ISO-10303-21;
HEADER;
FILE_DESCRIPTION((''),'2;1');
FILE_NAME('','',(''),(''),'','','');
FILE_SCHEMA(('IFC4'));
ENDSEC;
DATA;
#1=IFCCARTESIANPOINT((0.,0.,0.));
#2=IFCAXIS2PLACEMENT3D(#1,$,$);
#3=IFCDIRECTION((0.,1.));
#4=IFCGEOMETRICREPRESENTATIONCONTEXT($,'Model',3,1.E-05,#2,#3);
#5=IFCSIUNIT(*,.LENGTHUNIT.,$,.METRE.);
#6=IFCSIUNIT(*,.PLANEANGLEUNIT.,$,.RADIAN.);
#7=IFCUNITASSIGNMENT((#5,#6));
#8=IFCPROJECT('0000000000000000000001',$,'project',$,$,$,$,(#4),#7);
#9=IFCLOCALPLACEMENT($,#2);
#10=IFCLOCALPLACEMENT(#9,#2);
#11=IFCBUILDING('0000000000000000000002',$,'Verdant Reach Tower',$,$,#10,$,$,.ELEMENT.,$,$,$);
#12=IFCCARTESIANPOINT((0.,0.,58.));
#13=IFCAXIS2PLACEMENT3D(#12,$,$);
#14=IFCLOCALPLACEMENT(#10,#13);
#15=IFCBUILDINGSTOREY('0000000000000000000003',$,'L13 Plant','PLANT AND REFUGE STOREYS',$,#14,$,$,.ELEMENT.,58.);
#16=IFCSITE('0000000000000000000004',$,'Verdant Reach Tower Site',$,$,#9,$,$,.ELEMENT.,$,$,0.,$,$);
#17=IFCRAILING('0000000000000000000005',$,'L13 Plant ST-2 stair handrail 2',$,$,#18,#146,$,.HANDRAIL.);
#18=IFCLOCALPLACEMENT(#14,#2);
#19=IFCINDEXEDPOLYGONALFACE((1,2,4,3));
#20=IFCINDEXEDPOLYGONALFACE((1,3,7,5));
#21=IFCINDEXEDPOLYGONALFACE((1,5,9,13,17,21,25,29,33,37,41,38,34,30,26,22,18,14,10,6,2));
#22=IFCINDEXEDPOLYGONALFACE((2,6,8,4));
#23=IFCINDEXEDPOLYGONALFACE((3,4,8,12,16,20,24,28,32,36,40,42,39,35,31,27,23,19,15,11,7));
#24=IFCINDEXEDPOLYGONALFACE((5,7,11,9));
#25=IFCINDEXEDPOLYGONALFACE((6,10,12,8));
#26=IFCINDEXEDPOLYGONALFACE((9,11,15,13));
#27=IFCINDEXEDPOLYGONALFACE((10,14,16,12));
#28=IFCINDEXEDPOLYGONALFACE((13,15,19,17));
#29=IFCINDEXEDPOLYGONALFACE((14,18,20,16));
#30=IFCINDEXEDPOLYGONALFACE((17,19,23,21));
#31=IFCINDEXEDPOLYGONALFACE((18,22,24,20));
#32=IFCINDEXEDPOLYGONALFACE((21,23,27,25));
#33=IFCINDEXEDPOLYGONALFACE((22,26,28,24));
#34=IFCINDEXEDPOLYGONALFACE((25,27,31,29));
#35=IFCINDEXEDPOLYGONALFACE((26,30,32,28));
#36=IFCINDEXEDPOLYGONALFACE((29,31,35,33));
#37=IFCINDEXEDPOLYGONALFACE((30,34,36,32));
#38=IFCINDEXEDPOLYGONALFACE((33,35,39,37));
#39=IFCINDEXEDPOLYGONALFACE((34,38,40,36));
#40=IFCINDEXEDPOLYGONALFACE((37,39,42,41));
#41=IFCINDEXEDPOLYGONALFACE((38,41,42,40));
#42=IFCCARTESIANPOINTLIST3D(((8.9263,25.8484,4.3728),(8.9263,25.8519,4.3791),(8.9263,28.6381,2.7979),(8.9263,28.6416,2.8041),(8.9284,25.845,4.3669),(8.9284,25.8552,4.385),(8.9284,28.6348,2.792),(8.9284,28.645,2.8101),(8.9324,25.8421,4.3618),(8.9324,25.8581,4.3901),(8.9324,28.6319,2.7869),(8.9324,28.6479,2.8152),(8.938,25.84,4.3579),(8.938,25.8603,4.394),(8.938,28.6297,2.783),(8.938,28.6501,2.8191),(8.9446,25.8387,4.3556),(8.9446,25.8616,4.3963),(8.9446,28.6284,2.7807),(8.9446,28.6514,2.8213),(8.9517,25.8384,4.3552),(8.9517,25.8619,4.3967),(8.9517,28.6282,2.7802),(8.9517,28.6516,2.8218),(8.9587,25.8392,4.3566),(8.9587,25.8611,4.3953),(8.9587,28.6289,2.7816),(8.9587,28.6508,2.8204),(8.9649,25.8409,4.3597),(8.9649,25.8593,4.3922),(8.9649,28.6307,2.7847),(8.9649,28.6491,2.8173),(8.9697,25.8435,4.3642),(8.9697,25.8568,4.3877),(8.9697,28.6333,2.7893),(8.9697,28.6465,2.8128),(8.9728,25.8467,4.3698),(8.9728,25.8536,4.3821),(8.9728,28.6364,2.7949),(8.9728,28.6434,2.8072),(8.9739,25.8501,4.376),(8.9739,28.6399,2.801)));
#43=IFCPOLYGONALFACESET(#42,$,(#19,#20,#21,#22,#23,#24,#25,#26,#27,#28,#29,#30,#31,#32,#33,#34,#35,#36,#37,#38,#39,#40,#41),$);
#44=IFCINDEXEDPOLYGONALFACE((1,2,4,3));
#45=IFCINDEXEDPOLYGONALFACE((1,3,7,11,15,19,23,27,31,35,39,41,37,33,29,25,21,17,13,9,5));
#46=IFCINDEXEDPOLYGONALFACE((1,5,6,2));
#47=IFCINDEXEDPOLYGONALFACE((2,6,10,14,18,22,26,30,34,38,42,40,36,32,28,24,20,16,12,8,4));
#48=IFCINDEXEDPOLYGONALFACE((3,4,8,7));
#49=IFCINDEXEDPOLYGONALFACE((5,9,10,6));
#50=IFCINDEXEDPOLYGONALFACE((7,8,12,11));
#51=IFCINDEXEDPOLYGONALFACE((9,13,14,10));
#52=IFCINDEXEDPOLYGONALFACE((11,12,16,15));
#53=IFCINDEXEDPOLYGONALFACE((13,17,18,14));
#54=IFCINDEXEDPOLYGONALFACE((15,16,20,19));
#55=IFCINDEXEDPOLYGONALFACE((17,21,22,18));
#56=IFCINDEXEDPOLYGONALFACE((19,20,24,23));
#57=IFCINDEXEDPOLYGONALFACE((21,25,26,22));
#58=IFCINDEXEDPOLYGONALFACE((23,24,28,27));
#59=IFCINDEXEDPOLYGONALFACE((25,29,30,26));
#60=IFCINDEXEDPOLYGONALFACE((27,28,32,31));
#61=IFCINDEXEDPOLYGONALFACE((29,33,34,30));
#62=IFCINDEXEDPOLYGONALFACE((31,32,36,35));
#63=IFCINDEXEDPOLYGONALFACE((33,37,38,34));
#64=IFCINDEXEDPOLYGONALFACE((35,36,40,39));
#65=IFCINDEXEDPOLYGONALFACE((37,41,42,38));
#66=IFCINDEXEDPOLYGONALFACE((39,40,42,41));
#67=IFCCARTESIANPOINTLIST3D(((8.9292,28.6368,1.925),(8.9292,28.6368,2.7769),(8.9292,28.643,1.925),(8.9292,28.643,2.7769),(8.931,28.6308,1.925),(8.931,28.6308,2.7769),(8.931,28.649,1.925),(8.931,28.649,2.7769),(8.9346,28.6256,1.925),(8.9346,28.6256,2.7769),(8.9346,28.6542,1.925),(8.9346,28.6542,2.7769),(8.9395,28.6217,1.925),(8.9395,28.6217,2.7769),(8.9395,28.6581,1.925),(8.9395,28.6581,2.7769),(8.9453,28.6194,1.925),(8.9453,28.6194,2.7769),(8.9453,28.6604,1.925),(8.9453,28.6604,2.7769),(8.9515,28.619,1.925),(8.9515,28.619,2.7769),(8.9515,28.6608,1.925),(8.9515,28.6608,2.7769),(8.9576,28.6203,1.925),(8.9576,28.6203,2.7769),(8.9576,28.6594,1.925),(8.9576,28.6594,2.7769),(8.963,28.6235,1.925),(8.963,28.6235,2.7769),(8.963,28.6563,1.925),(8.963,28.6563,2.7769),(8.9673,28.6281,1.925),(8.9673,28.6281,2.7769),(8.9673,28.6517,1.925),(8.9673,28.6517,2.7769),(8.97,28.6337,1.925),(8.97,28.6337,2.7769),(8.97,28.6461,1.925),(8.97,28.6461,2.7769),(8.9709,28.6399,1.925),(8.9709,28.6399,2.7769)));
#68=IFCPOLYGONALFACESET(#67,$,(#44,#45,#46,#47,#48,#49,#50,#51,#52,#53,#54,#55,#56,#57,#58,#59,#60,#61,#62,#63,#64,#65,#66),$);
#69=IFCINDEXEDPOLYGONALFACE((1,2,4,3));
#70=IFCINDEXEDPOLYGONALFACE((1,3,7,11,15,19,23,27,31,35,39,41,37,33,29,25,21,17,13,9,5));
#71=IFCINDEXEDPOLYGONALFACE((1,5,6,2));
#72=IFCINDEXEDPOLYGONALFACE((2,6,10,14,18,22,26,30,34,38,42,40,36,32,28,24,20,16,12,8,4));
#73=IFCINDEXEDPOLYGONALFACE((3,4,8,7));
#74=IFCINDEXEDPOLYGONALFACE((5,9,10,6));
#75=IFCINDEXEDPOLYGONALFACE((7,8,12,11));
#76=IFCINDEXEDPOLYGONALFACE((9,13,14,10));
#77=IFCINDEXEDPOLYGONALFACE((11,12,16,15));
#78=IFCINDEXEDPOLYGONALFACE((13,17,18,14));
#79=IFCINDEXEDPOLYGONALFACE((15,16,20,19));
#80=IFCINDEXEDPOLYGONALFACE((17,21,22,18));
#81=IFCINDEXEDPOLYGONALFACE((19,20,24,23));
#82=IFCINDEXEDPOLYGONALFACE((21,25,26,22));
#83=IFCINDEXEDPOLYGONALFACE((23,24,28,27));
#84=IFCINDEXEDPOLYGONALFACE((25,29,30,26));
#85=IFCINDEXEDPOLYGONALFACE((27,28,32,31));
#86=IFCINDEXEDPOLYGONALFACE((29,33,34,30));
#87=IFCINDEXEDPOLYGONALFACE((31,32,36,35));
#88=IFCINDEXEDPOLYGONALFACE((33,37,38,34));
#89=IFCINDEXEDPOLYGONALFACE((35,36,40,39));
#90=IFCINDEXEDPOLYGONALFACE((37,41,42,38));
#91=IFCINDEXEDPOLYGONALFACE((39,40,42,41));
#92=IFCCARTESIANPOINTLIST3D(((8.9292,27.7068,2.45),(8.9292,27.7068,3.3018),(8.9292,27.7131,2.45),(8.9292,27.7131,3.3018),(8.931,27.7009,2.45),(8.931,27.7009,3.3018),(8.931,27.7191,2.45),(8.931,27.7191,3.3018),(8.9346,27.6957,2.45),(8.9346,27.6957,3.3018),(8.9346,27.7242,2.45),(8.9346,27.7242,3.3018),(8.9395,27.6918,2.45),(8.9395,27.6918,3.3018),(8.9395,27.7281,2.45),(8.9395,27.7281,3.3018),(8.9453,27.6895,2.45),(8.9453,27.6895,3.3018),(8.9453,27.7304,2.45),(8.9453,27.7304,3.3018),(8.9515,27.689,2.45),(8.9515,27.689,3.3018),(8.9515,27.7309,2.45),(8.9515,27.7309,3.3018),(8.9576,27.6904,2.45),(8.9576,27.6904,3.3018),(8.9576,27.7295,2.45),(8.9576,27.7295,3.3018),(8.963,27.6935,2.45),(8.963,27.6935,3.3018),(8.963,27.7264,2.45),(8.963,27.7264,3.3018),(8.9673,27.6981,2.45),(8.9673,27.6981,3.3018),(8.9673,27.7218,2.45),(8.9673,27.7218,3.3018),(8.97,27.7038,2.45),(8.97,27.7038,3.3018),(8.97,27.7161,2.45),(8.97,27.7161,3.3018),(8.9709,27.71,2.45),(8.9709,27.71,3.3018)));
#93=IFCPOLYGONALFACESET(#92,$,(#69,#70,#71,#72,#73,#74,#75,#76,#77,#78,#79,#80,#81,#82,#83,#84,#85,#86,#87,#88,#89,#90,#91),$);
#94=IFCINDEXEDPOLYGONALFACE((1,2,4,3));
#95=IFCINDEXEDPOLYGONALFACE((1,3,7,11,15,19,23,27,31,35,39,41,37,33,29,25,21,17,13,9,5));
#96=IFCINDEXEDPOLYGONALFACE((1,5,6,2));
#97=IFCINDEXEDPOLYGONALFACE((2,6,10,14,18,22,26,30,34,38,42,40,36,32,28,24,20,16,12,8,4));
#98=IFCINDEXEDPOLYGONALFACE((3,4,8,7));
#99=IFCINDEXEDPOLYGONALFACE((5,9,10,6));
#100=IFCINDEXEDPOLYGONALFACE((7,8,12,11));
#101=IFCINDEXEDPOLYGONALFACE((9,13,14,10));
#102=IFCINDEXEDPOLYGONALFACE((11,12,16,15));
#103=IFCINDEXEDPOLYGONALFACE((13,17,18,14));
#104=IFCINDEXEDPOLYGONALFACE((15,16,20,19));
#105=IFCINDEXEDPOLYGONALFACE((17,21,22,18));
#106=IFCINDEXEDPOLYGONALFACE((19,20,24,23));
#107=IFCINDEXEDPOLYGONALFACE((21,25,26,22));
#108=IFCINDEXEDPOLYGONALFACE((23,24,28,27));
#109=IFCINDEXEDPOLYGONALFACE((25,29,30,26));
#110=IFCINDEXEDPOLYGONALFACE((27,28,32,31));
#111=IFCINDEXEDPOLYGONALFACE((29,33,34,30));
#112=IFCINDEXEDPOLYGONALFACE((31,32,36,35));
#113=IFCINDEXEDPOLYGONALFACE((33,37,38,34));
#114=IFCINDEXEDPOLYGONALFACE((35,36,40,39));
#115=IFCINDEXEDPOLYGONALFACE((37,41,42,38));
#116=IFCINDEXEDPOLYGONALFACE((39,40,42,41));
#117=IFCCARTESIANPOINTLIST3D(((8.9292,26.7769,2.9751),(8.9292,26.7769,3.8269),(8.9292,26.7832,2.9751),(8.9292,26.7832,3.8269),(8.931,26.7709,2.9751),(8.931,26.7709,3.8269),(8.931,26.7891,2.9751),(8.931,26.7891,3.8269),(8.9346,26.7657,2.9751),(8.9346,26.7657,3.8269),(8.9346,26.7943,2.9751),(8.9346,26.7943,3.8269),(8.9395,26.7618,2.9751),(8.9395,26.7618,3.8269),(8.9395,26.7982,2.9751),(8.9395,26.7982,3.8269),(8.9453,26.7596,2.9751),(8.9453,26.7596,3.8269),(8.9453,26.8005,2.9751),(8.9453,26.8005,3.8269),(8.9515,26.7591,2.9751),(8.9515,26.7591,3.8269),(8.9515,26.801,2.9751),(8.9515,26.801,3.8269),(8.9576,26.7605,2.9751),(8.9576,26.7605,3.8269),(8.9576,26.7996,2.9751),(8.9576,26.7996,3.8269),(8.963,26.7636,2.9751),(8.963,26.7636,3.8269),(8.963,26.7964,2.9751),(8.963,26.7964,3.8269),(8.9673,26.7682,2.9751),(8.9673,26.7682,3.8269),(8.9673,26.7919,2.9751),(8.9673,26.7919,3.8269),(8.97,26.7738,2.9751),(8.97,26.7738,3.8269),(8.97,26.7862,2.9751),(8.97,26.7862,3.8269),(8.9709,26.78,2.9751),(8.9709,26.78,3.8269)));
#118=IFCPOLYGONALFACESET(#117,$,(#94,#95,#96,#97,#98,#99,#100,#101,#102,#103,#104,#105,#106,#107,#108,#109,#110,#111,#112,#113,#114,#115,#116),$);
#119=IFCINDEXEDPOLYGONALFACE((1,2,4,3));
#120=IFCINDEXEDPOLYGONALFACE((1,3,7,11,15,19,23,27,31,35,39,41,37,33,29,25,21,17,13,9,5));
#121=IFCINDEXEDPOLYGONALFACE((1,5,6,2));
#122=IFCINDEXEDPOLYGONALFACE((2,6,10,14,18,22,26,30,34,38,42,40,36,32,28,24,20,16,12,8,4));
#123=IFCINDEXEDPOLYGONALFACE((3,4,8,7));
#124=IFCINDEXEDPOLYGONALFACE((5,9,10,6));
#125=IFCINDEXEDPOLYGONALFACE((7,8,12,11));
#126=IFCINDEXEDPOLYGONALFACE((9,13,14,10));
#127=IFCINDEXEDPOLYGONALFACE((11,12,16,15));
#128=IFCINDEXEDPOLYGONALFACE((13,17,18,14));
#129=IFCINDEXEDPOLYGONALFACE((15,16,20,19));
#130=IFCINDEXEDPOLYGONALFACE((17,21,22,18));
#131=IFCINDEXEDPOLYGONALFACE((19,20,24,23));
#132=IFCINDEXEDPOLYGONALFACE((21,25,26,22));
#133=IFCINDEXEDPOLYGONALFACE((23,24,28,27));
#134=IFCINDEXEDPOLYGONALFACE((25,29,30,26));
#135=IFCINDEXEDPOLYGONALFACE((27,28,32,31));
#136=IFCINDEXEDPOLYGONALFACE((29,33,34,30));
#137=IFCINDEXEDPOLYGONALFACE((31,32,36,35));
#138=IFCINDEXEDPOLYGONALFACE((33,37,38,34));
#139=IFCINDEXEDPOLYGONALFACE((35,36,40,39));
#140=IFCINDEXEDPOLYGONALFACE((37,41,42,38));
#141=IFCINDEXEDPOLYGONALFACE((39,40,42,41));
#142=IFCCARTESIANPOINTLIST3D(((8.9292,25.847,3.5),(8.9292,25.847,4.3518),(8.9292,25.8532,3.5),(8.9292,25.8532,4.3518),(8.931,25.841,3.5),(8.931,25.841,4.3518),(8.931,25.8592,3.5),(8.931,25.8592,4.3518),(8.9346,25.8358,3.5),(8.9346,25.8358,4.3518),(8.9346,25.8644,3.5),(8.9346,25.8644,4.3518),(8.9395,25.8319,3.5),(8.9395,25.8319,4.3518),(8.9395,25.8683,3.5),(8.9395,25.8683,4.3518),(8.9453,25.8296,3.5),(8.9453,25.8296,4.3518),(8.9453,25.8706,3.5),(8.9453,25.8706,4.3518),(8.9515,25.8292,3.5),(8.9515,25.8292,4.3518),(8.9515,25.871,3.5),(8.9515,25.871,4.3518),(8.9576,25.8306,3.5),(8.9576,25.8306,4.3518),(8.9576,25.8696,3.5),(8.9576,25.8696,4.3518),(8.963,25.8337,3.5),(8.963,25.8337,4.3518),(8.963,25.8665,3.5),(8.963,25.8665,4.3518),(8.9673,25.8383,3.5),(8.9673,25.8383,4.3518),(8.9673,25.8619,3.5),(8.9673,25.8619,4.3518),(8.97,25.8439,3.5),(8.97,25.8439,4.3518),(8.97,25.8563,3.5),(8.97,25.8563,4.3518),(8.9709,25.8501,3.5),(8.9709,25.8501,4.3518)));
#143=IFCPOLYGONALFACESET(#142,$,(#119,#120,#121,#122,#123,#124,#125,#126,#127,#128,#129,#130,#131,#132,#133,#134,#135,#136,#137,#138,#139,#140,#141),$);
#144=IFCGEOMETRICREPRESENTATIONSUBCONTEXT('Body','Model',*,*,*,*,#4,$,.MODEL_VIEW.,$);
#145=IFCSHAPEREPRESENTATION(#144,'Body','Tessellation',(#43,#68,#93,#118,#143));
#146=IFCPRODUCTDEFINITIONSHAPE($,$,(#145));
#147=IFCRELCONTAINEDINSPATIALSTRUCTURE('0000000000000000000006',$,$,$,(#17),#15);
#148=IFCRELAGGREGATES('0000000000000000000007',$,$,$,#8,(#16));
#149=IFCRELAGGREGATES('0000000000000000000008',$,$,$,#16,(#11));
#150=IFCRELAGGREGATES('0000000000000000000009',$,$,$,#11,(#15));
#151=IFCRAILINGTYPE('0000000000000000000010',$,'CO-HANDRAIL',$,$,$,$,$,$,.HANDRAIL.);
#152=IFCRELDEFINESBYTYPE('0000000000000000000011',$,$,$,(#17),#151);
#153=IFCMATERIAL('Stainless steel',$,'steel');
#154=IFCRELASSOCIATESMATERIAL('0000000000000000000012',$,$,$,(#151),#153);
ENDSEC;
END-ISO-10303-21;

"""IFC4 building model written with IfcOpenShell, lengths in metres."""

from ifc_helpers import new_model, si_unit, direction, frame, origin, origin_2d, place, context, subcontext, project, spatial, circle, extrude, material, type_object, element, save


model = new_model("IFC4")

# Units and contexts
model_context = context("Model", 3, precision=1e-05, world=origin(), true_north=direction((0.0, 1.0)))
body_context = subcontext(model_context, "Body", "Model", "MODEL_VIEW")
ifc_project = project(units=[si_unit("LENGTHUNIT", "METRE"), si_unit("PLANEANGLEUNIT", "RADIAN")], contexts=[model_context])

# Site, building, storey
site_placement = place(None, origin())
site = spatial("IfcSite", under=ifc_project, at=site_placement, Name="Verdant Reach Tower Site", CompositionType="ELEMENT", RefElevation=0.0)
building_placement = place(site_placement, origin())
building = spatial("IfcBuilding", under=site, at=building_placement, Name="Verdant Reach Tower", CompositionType="ELEMENT")
storey_placement = place(building_placement, frame((0.0, 0.0, 58.0)))
storey = spatial("IfcBuildingStorey", under=building, at=storey_placement, Name="L13 Plant", Description="PLANT AND REFUGE STOREYS", CompositionType="ELEMENT", Elevation=58.0)

# Railing
ifc_material_1 = material(Name="Stainless steel", Category="steel")
railing_type_1 = type_object("IfcRailingType", Name="CO-HANDRAIL", PredefinedType="HANDRAIL", material=ifc_material_1)
railing_1_placement = place(storey_placement, frame((8.95, 28.6399, 1.925)))
element("IfcRailing", 1, at=railing_1_placement, inside=storey, type_object=railing_type_1, Name="L13 Plant ST-2 stair handrail 2", PredefinedType="HANDRAIL", context=body_context, shape_type="SweptSolid", body=[
    extrude(circle(Radius=0.0239, at=origin_2d()), frame((0.0, 0.0, 0.876), z_axis=(0.0, -0.870815, 0.49161), x_axis=(1.0, 0.0, 0.0)), (0.0, 0.0, 1.0), 3.2036),
    extrude(circle(Radius=0.021, at=origin_2d()), origin(), (0.0, 0.0, 1.0), 0.8518),
    extrude(circle(Radius=0.021, at=origin_2d()), frame((0.0, -0.9299, 0.5249)), (0.0, 0.0, 1.0), 0.8518),
    extrude(circle(Radius=0.021, at=origin_2d()), frame((0.0, -1.8599, 1.05)), (0.0, 0.0, 1.0), 0.8518),
    extrude(circle(Radius=0.021, at=origin_2d()), frame((0.0, -2.7898, 1.575)), (0.0, 0.0, 1.0), 0.8518),
])

save(model, "model.ifc")
